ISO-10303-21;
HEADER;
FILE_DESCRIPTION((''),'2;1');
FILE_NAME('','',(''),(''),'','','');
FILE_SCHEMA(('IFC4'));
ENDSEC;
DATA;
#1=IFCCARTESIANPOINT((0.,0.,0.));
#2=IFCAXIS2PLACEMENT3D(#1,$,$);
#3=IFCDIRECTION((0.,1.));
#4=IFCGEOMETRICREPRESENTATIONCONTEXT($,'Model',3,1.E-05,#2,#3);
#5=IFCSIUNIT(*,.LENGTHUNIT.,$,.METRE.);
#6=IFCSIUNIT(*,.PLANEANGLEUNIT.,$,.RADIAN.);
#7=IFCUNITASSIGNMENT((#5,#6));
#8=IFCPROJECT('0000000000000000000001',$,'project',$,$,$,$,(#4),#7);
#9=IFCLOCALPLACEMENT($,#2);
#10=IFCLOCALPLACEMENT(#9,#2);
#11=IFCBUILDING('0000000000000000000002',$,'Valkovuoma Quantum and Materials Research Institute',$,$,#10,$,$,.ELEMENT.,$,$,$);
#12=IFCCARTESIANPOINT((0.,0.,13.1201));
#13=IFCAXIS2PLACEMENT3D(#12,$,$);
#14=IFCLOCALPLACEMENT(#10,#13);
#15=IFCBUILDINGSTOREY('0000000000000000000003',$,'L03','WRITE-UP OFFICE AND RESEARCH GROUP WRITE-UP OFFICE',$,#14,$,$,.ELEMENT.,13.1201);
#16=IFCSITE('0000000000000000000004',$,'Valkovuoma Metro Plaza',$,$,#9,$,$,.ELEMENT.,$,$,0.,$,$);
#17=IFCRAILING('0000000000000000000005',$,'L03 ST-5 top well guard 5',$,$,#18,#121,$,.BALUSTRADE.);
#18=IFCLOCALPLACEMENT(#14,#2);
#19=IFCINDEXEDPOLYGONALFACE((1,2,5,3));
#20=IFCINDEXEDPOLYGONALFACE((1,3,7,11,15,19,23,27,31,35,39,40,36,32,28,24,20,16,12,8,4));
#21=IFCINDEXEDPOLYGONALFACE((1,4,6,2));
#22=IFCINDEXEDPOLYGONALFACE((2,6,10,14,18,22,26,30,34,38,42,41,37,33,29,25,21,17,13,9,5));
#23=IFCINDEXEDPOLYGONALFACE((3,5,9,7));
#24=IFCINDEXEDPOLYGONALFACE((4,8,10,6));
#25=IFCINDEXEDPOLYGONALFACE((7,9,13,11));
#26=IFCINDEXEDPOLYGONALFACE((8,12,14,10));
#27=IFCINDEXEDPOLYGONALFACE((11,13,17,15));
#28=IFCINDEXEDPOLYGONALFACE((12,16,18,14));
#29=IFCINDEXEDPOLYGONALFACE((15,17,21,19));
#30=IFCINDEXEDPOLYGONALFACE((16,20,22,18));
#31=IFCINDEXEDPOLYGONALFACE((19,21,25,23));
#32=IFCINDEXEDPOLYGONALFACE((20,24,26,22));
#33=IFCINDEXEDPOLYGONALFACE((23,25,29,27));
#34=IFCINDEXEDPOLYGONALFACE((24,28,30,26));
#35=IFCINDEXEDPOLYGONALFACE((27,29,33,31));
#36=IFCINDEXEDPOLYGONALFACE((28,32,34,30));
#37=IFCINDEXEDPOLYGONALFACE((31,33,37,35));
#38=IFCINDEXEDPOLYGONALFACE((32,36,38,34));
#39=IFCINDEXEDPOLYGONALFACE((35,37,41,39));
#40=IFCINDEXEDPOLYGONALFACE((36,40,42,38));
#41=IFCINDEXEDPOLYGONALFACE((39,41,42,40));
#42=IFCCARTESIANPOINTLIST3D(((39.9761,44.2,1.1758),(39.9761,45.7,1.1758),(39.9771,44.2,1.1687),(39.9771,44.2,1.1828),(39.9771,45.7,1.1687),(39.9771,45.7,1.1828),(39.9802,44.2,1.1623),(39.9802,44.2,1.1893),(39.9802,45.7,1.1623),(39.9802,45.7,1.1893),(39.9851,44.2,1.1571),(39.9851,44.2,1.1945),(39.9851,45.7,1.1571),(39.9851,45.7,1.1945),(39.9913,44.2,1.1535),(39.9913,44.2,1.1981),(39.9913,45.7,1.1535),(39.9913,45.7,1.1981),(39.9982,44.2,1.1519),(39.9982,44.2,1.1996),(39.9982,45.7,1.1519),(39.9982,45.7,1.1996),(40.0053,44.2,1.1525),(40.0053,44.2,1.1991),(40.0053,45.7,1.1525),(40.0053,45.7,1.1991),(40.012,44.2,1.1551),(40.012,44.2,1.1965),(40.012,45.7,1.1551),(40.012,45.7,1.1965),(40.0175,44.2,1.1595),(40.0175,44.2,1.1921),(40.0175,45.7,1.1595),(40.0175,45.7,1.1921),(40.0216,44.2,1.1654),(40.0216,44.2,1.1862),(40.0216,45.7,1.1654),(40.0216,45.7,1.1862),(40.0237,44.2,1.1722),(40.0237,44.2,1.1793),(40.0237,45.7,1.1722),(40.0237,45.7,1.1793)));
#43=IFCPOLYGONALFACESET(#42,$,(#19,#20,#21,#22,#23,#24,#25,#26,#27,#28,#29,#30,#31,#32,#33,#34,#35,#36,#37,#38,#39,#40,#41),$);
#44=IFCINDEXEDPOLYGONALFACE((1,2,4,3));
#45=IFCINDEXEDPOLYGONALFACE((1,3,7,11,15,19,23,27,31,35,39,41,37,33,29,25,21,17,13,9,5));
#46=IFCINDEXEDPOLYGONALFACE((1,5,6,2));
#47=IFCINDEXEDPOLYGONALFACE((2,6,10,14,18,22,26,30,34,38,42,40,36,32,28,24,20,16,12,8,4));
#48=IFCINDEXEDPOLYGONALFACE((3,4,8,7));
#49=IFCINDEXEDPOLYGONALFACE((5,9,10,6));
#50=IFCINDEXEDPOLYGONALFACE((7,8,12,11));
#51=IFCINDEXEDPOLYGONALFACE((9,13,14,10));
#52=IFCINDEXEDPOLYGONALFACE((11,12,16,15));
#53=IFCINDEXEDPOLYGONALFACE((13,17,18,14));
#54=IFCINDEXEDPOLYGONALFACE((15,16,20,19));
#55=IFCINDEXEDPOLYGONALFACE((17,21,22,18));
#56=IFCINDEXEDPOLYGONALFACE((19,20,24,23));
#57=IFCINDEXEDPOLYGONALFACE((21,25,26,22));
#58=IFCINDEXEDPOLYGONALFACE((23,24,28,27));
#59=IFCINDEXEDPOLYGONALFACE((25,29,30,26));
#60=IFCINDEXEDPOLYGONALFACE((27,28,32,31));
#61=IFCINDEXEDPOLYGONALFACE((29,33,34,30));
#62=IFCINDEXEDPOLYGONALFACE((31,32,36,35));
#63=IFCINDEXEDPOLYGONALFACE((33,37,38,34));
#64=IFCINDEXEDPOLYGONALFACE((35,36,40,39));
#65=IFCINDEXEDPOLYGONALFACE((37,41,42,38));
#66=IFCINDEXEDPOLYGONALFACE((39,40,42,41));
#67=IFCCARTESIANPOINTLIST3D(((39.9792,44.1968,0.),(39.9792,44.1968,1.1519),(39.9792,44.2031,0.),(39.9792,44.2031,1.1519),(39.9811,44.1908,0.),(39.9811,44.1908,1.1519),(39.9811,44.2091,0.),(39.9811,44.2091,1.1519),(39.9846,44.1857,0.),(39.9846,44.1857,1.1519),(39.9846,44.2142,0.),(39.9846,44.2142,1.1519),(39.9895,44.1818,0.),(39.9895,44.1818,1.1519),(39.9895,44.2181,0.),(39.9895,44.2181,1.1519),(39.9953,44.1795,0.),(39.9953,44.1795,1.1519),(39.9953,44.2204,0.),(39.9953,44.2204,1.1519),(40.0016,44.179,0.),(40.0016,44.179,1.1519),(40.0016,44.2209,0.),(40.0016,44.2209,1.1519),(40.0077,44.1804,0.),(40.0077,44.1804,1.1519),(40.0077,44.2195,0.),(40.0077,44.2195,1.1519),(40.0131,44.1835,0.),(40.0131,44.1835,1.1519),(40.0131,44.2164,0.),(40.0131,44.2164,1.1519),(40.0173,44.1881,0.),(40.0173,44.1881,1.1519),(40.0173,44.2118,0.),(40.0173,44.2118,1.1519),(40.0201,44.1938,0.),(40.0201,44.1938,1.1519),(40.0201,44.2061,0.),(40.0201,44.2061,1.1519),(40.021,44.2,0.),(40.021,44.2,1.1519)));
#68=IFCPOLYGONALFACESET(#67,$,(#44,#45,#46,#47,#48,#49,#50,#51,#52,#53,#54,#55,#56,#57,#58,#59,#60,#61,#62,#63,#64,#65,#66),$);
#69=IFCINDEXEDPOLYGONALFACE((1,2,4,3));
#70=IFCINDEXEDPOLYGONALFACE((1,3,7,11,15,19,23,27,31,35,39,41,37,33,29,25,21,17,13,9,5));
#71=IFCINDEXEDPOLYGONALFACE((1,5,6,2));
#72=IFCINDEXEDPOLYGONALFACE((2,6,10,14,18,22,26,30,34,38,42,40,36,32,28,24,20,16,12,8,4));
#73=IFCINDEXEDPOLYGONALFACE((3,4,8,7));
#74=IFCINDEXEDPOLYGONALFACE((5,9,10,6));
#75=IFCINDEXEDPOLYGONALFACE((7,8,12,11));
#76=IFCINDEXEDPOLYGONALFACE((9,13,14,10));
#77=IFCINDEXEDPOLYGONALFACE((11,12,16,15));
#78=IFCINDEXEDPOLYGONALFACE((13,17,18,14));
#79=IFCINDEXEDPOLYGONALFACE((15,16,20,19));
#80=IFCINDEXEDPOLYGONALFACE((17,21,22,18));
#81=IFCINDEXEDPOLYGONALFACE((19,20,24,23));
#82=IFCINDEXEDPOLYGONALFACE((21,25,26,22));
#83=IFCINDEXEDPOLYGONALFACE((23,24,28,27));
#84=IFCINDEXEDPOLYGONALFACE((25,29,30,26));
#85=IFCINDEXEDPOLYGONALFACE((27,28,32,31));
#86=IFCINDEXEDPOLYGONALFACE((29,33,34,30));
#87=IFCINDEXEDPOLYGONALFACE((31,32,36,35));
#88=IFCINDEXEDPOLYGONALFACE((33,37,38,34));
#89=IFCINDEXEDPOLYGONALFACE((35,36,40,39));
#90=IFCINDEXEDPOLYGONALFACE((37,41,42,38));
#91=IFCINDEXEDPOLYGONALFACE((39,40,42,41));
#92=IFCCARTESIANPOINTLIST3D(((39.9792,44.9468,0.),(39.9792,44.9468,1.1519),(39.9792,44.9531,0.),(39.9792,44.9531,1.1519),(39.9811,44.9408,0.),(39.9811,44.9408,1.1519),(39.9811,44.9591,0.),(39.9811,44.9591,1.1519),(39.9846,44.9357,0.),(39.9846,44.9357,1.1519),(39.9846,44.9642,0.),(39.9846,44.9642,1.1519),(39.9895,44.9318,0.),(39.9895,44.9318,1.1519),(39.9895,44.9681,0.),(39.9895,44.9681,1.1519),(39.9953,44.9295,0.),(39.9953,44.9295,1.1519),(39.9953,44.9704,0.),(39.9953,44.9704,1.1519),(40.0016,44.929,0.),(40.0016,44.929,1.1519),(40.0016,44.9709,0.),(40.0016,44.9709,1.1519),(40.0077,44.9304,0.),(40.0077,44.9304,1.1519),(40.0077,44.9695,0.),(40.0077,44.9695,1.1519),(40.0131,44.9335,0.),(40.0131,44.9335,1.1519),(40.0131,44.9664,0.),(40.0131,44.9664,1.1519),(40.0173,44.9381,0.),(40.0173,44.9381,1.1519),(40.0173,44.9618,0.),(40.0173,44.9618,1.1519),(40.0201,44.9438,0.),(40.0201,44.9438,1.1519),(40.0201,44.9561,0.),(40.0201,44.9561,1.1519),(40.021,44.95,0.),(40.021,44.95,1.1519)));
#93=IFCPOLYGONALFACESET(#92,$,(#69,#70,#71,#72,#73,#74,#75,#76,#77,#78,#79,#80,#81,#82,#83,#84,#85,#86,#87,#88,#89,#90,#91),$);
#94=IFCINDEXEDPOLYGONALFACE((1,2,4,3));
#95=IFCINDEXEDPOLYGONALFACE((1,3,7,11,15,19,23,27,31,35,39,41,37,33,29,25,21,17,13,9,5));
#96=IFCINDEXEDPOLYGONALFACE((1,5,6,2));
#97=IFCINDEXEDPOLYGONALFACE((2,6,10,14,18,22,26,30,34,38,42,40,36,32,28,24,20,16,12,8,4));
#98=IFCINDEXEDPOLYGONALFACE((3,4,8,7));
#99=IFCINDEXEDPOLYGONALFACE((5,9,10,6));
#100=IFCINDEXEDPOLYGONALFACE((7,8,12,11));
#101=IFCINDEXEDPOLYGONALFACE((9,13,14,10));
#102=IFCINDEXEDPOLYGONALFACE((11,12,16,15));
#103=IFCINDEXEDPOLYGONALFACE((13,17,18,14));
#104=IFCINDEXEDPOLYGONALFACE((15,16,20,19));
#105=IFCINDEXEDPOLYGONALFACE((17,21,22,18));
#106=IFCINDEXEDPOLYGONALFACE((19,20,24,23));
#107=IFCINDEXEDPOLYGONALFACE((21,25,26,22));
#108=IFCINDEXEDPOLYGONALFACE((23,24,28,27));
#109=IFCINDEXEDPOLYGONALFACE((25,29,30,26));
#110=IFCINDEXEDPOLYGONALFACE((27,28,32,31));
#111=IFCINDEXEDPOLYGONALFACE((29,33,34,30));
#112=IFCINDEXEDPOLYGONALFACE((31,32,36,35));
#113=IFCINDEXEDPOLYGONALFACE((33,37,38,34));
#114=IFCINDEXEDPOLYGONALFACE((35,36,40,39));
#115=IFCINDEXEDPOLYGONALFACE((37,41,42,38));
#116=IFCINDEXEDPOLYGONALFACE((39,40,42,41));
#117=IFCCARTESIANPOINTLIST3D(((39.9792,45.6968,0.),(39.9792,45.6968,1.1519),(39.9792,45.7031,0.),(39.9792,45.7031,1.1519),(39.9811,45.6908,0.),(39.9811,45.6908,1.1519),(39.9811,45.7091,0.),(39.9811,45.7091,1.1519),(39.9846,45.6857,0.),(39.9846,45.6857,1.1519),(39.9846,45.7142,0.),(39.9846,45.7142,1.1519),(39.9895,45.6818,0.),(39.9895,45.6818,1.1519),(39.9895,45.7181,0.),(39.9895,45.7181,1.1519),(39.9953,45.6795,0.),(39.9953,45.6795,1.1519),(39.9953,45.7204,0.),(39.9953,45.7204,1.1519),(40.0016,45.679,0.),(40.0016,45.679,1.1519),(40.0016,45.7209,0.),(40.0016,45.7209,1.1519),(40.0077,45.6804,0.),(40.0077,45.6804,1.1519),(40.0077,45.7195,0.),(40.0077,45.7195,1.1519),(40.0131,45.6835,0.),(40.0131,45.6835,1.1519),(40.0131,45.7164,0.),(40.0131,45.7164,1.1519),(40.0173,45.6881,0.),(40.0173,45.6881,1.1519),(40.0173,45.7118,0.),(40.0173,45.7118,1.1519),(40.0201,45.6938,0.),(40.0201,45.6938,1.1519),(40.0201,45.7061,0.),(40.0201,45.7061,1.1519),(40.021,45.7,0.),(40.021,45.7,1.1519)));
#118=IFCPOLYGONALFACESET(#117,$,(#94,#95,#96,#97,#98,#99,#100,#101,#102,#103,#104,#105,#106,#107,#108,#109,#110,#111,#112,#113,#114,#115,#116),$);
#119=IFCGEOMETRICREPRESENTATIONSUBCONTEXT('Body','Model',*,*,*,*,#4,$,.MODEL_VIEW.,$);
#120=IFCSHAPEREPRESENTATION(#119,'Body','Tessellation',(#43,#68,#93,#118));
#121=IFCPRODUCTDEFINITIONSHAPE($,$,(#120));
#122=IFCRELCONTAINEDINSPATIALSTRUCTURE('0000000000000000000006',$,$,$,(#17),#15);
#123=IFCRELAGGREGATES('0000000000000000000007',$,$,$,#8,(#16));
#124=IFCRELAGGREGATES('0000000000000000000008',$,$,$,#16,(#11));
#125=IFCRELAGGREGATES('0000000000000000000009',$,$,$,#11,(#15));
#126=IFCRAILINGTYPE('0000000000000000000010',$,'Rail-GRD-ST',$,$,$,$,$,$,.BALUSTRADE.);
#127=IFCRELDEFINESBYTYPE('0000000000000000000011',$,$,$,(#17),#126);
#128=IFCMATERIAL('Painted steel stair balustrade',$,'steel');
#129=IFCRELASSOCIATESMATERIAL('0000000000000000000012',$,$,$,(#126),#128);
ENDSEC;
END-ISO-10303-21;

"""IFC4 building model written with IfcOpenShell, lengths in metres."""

from ifc_helpers import new_model, si_unit, direction, frame, origin, origin_2d, place, context, subcontext, project, spatial, circle, extrude, material, type_object, element, save


model = new_model("IFC4")

# Units and contexts
model_context = context("Model", 3, precision=1e-05, world=origin(), true_north=direction((0.0, 1.0)))
body_context = subcontext(model_context, "Body", "Model", "MODEL_VIEW")
ifc_project = project(units=[si_unit("LENGTHUNIT", "METRE"), si_unit("PLANEANGLEUNIT", "RADIAN")], contexts=[model_context])

# Site, building, storey
site_placement = place(None, origin())
site = spatial("IfcSite", under=ifc_project, at=site_placement, Name="Valkovuoma Metro Plaza", CompositionType="ELEMENT", RefElevation=0.0)
building_placement = place(site_placement, origin())
building = spatial("IfcBuilding", under=site, at=building_placement, Name="Valkovuoma Quantum and Materials Research Institute", CompositionType="ELEMENT")
storey_placement = place(building_placement, frame((0.0, 0.0, 13.1201)))
storey = spatial("IfcBuildingStorey", under=building, at=storey_placement, Name="L03", Description="WRITE-UP OFFICE AND RESEARCH GROUP WRITE-UP OFFICE", CompositionType="ELEMENT", Elevation=13.1201)

# Railing
ifc_material_1 = material(Name="Painted steel stair balustrade", Category="steel")
railing_type = type_object("IfcRailingType", Name="Rail-GRD-ST", PredefinedType="BALUSTRADE", material=ifc_material_1)
railing_1_placement = place(storey_placement, frame((40.0, 44.2, 0.0)))
element("IfcRailing", 1, at=railing_1_placement, inside=storey, type_object=railing_type, Name="L03 ST-5 top well guard 5", PredefinedType="BALUSTRADE", context=body_context, shape_type="SweptSolid", body=[
    extrude(circle(Radius=0.0239, at=origin_2d()), frame((0.0, 0.0, 1.1758), z_axis=(0.0, 1.0, 0.0), x_axis=(-1.0, 0.0, 0.0)), (0.0, 0.0, 1.0), 1.5),
    extrude(circle(Radius=0.021, at=origin_2d()), origin(), (0.0, 0.0, 1.0), 1.1519),
    extrude(circle(Radius=0.021, at=origin_2d()), frame((0.0, 0.75, 0.0)), (0.0, 0.0, 1.0), 1.1519),
    extrude(circle(Radius=0.021, at=origin_2d()), frame((0.0, 1.5, 0.0)), (0.0, 0.0, 1.0), 1.1519),
])

save(model, "model.ifc")
